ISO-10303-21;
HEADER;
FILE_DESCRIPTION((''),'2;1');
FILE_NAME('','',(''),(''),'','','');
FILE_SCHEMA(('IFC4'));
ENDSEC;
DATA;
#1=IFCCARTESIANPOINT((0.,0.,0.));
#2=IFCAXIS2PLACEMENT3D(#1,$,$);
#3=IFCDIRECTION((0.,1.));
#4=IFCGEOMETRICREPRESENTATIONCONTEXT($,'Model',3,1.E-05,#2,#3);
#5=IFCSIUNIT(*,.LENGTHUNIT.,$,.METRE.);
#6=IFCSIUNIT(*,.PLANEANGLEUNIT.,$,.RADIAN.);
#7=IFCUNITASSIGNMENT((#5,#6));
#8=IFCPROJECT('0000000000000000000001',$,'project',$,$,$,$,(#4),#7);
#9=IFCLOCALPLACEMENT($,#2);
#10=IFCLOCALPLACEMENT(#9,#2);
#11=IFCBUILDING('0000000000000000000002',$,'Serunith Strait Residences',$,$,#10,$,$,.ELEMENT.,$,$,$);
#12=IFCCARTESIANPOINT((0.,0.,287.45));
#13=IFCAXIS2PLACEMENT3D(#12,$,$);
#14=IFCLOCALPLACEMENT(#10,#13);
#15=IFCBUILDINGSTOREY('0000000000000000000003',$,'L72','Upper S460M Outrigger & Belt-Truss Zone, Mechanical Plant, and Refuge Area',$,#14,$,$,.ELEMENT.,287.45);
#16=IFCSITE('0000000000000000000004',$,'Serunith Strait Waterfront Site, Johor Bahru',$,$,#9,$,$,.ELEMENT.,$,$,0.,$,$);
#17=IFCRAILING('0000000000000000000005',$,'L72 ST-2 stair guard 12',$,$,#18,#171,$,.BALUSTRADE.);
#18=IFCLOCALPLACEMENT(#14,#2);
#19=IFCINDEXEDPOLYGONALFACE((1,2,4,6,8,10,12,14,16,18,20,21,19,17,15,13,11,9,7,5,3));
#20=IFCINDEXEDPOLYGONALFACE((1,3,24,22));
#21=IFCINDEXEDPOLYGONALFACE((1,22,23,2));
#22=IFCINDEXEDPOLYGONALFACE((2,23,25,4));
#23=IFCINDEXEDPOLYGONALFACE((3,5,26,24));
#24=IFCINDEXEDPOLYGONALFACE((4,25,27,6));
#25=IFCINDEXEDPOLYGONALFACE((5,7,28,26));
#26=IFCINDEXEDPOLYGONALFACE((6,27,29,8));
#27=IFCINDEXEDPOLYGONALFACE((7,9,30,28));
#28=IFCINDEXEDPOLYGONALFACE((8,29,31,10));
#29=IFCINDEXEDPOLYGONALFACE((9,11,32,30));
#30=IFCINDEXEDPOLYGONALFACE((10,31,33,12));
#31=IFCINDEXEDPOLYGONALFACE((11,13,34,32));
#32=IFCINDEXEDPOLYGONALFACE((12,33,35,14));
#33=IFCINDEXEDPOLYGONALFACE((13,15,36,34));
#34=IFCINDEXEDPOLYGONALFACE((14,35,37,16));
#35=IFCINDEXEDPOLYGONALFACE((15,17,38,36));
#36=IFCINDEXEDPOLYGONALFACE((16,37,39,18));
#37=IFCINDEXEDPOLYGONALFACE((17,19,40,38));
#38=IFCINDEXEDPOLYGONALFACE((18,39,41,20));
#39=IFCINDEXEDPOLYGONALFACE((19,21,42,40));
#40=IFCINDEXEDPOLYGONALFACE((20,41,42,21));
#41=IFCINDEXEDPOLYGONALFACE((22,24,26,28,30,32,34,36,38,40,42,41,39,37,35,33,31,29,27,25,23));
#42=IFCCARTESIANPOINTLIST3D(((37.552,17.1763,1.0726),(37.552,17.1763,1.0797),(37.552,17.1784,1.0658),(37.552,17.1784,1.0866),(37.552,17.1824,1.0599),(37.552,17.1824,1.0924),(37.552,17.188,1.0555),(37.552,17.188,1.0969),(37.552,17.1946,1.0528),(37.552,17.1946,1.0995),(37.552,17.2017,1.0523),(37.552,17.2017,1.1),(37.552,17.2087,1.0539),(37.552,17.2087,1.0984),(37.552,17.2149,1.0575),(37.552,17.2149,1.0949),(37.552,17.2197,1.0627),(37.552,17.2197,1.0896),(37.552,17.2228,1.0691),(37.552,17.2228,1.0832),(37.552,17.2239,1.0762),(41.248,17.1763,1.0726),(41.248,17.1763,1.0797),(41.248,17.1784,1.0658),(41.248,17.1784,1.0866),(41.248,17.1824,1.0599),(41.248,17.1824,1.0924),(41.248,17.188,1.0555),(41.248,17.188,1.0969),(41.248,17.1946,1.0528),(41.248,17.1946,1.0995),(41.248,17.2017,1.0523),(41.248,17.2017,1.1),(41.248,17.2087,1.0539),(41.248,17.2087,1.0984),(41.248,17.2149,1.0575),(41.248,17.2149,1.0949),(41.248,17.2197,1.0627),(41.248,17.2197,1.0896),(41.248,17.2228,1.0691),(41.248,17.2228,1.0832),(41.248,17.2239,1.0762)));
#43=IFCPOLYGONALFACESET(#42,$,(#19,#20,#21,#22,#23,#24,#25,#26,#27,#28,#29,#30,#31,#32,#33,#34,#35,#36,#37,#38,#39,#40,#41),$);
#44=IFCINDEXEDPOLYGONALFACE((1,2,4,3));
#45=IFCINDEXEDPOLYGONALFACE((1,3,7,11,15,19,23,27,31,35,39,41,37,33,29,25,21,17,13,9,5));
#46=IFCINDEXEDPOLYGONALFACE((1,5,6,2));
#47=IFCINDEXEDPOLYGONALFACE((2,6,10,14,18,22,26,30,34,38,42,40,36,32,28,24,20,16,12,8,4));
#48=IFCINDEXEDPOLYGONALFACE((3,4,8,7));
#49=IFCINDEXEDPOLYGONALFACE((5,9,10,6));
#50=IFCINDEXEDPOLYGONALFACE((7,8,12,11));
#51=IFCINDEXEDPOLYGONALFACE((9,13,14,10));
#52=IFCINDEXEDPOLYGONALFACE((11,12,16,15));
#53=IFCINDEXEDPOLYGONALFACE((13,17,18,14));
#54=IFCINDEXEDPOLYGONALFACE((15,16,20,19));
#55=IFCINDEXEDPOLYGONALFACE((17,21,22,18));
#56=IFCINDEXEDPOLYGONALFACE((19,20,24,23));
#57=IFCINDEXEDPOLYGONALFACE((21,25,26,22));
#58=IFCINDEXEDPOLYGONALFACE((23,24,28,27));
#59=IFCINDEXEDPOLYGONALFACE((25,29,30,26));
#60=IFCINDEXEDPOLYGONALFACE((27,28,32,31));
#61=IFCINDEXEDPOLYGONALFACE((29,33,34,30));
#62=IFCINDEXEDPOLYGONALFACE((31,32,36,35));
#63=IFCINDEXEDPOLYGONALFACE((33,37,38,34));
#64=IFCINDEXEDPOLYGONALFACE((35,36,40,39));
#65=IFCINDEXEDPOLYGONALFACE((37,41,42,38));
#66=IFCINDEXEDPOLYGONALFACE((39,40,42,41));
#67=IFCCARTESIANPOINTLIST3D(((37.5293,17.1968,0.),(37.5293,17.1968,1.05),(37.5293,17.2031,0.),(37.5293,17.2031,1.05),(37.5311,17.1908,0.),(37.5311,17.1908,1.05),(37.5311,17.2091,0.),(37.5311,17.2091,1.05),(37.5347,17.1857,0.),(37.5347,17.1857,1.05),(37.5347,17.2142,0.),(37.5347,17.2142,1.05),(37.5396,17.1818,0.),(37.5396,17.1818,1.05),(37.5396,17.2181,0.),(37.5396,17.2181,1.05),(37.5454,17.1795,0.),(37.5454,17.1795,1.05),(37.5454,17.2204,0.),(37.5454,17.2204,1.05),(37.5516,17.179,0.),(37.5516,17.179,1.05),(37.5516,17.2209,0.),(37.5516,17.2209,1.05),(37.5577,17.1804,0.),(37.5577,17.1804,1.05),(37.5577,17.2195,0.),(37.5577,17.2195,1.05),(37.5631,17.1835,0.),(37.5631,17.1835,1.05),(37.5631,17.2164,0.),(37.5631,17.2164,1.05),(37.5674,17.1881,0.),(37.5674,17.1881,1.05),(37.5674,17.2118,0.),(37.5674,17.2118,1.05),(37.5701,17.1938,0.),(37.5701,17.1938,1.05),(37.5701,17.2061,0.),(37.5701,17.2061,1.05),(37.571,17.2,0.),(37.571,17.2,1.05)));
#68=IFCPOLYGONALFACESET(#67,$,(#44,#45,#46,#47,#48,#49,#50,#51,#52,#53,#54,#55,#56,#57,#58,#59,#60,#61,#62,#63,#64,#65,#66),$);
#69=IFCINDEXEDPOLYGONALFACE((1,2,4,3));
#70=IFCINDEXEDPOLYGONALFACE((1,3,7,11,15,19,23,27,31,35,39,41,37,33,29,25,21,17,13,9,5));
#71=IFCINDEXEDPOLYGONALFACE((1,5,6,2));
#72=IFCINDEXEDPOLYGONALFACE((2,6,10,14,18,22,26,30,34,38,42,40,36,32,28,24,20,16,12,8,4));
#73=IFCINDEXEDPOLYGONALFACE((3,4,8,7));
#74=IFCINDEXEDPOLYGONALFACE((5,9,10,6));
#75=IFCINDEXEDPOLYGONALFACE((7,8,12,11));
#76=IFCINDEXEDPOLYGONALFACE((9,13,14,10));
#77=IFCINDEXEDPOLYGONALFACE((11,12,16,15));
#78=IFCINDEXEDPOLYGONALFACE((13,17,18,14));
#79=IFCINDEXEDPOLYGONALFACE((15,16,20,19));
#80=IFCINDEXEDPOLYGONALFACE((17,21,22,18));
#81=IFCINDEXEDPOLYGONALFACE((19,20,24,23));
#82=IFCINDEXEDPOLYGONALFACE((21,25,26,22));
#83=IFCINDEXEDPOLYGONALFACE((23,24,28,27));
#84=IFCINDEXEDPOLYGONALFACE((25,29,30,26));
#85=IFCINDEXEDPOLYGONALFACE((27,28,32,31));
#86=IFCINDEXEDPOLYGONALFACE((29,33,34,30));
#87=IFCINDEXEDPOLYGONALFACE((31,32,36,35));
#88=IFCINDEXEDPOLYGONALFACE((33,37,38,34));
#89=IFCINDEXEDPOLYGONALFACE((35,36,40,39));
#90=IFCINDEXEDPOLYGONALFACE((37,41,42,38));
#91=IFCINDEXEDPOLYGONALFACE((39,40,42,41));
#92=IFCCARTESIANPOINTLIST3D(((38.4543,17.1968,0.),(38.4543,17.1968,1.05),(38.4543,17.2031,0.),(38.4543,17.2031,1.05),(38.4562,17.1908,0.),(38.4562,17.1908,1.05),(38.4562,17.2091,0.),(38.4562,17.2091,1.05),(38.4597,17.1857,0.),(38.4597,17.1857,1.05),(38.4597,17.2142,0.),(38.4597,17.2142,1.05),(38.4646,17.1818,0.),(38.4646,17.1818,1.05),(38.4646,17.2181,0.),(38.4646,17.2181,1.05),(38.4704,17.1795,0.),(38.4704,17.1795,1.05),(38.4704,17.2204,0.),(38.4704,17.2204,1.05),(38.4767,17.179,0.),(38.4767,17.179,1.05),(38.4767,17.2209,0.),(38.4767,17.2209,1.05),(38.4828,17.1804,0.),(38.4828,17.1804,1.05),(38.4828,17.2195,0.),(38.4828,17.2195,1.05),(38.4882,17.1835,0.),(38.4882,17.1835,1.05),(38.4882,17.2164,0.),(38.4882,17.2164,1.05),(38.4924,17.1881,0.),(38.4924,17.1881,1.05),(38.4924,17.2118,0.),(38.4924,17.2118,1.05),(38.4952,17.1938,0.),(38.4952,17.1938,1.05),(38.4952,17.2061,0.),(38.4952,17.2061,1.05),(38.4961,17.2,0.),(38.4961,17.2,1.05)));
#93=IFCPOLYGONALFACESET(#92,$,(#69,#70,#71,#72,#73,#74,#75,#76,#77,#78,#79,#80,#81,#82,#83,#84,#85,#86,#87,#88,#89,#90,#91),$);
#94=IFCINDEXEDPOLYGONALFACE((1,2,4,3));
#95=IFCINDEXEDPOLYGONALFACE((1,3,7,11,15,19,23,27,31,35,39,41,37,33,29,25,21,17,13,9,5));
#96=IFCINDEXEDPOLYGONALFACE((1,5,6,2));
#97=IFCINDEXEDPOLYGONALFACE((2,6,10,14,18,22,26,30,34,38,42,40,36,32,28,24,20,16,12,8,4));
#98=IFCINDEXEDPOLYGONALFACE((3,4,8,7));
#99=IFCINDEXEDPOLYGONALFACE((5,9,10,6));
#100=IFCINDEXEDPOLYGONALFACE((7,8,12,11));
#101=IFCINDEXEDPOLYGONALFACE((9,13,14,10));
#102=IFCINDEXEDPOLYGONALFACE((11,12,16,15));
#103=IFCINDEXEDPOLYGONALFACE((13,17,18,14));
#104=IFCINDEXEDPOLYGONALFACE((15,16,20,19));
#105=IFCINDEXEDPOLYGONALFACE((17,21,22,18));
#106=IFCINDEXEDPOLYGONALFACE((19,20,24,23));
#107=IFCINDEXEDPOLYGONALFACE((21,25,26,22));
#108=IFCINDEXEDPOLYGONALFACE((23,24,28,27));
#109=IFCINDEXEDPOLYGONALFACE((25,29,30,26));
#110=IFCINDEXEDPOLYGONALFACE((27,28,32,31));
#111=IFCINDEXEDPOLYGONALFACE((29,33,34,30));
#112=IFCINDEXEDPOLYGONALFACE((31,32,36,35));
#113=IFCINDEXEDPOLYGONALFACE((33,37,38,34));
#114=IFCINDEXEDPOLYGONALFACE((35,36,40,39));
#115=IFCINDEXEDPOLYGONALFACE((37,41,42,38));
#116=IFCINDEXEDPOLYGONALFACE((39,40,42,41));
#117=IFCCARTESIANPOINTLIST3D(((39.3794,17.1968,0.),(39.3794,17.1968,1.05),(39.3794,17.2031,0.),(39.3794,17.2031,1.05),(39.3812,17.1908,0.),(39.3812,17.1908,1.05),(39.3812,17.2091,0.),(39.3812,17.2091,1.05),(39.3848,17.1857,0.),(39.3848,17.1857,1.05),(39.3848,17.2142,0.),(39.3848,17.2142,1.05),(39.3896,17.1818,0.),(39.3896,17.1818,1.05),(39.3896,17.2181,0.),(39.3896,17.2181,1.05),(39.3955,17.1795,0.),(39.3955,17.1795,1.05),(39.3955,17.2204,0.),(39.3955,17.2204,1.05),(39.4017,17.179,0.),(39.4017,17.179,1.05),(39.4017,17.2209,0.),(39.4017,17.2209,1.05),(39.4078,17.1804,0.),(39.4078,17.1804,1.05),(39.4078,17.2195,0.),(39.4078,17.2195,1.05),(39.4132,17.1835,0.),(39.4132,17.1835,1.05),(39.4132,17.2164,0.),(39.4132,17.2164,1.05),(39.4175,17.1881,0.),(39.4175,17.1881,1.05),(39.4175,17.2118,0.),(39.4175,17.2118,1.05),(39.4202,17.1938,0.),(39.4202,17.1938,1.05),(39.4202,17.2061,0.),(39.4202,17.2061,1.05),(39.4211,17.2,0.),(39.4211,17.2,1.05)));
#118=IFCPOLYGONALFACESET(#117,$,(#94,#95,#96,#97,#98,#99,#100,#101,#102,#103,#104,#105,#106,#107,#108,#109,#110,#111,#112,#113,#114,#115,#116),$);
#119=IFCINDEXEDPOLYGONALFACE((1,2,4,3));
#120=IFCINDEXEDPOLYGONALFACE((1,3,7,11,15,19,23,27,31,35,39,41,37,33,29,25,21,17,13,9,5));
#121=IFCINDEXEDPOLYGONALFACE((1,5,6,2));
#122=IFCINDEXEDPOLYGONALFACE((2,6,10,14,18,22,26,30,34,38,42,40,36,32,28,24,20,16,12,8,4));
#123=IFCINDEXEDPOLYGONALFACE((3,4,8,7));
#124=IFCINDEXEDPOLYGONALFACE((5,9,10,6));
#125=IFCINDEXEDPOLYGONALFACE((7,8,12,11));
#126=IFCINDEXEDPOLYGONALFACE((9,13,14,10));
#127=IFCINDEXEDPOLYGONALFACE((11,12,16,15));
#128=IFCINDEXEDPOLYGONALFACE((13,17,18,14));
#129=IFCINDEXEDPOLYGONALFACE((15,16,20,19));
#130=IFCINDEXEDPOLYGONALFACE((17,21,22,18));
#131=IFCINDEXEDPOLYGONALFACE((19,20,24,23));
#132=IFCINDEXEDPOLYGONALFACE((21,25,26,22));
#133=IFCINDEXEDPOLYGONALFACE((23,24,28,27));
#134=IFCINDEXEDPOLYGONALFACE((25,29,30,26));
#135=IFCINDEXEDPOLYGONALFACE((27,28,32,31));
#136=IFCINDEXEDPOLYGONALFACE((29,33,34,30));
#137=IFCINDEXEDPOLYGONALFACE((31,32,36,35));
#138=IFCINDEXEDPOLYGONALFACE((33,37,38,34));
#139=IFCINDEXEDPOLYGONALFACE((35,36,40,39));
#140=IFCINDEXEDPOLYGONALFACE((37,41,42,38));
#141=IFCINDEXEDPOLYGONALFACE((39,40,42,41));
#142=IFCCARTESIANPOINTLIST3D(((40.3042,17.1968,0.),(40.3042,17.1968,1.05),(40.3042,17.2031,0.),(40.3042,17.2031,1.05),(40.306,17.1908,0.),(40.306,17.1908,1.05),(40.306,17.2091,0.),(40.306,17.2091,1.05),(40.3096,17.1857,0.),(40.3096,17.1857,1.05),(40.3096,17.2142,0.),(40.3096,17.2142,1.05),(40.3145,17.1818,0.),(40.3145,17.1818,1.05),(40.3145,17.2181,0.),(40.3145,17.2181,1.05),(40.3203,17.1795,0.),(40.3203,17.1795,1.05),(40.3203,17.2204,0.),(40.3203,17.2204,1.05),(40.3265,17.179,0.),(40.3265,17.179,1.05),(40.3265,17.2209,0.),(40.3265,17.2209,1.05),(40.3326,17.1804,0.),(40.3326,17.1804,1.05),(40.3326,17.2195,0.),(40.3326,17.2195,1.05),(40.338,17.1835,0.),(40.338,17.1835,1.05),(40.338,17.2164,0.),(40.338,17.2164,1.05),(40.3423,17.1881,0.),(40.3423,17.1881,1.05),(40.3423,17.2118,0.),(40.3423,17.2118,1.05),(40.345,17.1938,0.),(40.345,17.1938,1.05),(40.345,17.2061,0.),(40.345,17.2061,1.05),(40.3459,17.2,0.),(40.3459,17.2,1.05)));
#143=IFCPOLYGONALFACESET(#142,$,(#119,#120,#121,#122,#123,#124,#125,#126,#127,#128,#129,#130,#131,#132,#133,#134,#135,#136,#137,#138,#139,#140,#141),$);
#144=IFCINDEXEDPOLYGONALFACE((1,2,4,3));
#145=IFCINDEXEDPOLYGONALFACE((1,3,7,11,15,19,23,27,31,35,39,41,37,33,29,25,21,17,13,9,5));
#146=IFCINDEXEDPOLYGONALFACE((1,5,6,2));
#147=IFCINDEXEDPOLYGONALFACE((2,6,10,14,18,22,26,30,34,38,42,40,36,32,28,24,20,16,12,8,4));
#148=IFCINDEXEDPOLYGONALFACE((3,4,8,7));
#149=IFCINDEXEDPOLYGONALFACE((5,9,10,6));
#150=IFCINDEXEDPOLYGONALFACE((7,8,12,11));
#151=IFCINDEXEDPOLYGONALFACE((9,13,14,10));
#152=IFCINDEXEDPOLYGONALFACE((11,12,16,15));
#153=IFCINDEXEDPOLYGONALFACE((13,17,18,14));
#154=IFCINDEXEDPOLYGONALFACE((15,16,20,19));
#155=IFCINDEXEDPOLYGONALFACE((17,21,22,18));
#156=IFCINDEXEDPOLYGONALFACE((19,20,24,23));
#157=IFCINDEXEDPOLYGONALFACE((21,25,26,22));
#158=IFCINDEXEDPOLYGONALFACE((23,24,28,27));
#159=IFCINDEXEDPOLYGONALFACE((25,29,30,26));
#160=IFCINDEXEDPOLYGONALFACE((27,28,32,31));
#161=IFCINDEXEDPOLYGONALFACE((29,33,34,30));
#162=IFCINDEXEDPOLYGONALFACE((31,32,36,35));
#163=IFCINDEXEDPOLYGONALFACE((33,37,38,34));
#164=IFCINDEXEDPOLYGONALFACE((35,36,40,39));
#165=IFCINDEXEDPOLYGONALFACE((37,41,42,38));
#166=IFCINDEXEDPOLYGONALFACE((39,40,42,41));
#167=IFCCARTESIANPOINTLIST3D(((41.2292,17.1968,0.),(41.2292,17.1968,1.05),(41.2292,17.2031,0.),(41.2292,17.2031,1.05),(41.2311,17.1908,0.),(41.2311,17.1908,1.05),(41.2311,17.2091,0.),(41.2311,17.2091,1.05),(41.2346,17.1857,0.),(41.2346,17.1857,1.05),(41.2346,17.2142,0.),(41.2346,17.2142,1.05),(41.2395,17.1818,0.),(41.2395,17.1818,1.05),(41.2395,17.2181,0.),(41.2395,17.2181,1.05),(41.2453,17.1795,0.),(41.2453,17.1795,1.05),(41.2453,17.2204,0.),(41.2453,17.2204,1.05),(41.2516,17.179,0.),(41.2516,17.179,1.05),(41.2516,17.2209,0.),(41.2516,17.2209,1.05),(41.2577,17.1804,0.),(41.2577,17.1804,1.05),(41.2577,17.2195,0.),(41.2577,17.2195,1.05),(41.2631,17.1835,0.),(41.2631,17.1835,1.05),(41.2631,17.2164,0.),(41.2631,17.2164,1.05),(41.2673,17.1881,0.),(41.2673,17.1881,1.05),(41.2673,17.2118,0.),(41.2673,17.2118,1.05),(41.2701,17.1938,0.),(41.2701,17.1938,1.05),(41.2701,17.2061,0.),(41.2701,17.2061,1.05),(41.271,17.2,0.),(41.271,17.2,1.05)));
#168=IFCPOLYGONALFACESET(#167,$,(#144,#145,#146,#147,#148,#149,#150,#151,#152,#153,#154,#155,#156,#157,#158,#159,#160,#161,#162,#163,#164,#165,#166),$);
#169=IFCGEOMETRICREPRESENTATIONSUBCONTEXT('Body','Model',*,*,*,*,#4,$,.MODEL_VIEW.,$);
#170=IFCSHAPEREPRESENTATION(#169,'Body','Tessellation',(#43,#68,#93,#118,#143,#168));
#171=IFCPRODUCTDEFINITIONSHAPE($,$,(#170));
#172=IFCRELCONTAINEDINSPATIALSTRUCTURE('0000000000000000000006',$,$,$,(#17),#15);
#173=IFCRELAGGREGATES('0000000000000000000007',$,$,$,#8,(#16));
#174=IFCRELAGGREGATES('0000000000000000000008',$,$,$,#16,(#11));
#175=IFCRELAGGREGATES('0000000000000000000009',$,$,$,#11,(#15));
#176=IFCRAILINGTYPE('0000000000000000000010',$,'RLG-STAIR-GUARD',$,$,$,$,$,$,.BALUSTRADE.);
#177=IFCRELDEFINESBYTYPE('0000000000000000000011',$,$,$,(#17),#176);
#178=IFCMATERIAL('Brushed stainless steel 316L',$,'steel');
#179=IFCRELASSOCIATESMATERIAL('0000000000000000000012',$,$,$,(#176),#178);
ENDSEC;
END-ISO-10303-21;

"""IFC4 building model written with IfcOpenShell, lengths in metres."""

from ifc_helpers import new_model, si_unit, direction, frame, origin, origin_2d, place, context, subcontext, project, spatial, circle, extrude, material, type_object, element, save


model = new_model("IFC4")

# Units and contexts
model_context = context("Model", 3, precision=1e-05, world=origin(), true_north=direction((0.0, 1.0)))
body_context = subcontext(model_context, "Body", "Model", "MODEL_VIEW")
ifc_project = project(units=[si_unit("LENGTHUNIT", "METRE"), si_unit("PLANEANGLEUNIT", "RADIAN")], contexts=[model_context])

# Site, building, storey
site_placement = place(None, origin())
site = spatial("IfcSite", under=ifc_project, at=site_placement, Name="Serunith Strait Waterfront Site, Johor Bahru", CompositionType="ELEMENT", RefElevation=0.0)
building_placement = place(site_placement, origin())
building = spatial("IfcBuilding", under=site, at=building_placement, Name="Serunith Strait Residences", CompositionType="ELEMENT")
storey_placement = place(building_placement, frame((0.0, 0.0, 287.45)))
storey = spatial("IfcBuildingStorey", under=building, at=storey_placement, Name="L72", Description="Upper S460M Outrigger & Belt-Truss Zone, Mechanical Plant, and Refuge Area", CompositionType="ELEMENT", Elevation=287.45)

# Railing
ifc_material_1 = material(Name="Brushed stainless steel 316L", Category="steel")
railing_type_1 = type_object("IfcRailingType", Name="RLG-STAIR-GUARD", PredefinedType="BALUSTRADE", material=ifc_material_1)
railing_1_placement = place(storey_placement, frame((37.55, 17.2, 0.0)))
element("IfcRailing", 1, at=railing_1_placement, inside=storey, type_object=railing_type_1, Name="L72 ST-2 stair guard 12", PredefinedType="BALUSTRADE", context=body_context, shape_type="SweptSolid", body=[
    extrude(circle(Radius=0.0239, at=origin_2d()), frame((0.002, 0.0, 1.0762), z_axis=(1.0, 0.0, 0.0), x_axis=(0.0, 1.0, 0.0)), (0.0, 0.0, 1.0), 3.696),
    extrude(circle(Radius=0.021, at=origin_2d()), origin(), (0.0, 0.0, 1.0), 1.05),
    extrude(circle(Radius=0.021, at=origin_2d()), frame((0.925, 0.0, 0.0)), (0.0, 0.0, 1.0), 1.05),
    extrude(circle(Radius=0.021, at=origin_2d()), frame((1.8501, 0.0, 0.0)), (0.0, 0.0, 1.0), 1.05),
    extrude(circle(Radius=0.021, at=origin_2d()), frame((2.7749, 0.0, 0.0)), (0.0, 0.0, 1.0), 1.05),
    extrude(circle(Radius=0.021, at=origin_2d()), frame((3.7, 0.0, 0.0)), (0.0, 0.0, 1.0), 1.05),
])

save(model, "model.ifc")
